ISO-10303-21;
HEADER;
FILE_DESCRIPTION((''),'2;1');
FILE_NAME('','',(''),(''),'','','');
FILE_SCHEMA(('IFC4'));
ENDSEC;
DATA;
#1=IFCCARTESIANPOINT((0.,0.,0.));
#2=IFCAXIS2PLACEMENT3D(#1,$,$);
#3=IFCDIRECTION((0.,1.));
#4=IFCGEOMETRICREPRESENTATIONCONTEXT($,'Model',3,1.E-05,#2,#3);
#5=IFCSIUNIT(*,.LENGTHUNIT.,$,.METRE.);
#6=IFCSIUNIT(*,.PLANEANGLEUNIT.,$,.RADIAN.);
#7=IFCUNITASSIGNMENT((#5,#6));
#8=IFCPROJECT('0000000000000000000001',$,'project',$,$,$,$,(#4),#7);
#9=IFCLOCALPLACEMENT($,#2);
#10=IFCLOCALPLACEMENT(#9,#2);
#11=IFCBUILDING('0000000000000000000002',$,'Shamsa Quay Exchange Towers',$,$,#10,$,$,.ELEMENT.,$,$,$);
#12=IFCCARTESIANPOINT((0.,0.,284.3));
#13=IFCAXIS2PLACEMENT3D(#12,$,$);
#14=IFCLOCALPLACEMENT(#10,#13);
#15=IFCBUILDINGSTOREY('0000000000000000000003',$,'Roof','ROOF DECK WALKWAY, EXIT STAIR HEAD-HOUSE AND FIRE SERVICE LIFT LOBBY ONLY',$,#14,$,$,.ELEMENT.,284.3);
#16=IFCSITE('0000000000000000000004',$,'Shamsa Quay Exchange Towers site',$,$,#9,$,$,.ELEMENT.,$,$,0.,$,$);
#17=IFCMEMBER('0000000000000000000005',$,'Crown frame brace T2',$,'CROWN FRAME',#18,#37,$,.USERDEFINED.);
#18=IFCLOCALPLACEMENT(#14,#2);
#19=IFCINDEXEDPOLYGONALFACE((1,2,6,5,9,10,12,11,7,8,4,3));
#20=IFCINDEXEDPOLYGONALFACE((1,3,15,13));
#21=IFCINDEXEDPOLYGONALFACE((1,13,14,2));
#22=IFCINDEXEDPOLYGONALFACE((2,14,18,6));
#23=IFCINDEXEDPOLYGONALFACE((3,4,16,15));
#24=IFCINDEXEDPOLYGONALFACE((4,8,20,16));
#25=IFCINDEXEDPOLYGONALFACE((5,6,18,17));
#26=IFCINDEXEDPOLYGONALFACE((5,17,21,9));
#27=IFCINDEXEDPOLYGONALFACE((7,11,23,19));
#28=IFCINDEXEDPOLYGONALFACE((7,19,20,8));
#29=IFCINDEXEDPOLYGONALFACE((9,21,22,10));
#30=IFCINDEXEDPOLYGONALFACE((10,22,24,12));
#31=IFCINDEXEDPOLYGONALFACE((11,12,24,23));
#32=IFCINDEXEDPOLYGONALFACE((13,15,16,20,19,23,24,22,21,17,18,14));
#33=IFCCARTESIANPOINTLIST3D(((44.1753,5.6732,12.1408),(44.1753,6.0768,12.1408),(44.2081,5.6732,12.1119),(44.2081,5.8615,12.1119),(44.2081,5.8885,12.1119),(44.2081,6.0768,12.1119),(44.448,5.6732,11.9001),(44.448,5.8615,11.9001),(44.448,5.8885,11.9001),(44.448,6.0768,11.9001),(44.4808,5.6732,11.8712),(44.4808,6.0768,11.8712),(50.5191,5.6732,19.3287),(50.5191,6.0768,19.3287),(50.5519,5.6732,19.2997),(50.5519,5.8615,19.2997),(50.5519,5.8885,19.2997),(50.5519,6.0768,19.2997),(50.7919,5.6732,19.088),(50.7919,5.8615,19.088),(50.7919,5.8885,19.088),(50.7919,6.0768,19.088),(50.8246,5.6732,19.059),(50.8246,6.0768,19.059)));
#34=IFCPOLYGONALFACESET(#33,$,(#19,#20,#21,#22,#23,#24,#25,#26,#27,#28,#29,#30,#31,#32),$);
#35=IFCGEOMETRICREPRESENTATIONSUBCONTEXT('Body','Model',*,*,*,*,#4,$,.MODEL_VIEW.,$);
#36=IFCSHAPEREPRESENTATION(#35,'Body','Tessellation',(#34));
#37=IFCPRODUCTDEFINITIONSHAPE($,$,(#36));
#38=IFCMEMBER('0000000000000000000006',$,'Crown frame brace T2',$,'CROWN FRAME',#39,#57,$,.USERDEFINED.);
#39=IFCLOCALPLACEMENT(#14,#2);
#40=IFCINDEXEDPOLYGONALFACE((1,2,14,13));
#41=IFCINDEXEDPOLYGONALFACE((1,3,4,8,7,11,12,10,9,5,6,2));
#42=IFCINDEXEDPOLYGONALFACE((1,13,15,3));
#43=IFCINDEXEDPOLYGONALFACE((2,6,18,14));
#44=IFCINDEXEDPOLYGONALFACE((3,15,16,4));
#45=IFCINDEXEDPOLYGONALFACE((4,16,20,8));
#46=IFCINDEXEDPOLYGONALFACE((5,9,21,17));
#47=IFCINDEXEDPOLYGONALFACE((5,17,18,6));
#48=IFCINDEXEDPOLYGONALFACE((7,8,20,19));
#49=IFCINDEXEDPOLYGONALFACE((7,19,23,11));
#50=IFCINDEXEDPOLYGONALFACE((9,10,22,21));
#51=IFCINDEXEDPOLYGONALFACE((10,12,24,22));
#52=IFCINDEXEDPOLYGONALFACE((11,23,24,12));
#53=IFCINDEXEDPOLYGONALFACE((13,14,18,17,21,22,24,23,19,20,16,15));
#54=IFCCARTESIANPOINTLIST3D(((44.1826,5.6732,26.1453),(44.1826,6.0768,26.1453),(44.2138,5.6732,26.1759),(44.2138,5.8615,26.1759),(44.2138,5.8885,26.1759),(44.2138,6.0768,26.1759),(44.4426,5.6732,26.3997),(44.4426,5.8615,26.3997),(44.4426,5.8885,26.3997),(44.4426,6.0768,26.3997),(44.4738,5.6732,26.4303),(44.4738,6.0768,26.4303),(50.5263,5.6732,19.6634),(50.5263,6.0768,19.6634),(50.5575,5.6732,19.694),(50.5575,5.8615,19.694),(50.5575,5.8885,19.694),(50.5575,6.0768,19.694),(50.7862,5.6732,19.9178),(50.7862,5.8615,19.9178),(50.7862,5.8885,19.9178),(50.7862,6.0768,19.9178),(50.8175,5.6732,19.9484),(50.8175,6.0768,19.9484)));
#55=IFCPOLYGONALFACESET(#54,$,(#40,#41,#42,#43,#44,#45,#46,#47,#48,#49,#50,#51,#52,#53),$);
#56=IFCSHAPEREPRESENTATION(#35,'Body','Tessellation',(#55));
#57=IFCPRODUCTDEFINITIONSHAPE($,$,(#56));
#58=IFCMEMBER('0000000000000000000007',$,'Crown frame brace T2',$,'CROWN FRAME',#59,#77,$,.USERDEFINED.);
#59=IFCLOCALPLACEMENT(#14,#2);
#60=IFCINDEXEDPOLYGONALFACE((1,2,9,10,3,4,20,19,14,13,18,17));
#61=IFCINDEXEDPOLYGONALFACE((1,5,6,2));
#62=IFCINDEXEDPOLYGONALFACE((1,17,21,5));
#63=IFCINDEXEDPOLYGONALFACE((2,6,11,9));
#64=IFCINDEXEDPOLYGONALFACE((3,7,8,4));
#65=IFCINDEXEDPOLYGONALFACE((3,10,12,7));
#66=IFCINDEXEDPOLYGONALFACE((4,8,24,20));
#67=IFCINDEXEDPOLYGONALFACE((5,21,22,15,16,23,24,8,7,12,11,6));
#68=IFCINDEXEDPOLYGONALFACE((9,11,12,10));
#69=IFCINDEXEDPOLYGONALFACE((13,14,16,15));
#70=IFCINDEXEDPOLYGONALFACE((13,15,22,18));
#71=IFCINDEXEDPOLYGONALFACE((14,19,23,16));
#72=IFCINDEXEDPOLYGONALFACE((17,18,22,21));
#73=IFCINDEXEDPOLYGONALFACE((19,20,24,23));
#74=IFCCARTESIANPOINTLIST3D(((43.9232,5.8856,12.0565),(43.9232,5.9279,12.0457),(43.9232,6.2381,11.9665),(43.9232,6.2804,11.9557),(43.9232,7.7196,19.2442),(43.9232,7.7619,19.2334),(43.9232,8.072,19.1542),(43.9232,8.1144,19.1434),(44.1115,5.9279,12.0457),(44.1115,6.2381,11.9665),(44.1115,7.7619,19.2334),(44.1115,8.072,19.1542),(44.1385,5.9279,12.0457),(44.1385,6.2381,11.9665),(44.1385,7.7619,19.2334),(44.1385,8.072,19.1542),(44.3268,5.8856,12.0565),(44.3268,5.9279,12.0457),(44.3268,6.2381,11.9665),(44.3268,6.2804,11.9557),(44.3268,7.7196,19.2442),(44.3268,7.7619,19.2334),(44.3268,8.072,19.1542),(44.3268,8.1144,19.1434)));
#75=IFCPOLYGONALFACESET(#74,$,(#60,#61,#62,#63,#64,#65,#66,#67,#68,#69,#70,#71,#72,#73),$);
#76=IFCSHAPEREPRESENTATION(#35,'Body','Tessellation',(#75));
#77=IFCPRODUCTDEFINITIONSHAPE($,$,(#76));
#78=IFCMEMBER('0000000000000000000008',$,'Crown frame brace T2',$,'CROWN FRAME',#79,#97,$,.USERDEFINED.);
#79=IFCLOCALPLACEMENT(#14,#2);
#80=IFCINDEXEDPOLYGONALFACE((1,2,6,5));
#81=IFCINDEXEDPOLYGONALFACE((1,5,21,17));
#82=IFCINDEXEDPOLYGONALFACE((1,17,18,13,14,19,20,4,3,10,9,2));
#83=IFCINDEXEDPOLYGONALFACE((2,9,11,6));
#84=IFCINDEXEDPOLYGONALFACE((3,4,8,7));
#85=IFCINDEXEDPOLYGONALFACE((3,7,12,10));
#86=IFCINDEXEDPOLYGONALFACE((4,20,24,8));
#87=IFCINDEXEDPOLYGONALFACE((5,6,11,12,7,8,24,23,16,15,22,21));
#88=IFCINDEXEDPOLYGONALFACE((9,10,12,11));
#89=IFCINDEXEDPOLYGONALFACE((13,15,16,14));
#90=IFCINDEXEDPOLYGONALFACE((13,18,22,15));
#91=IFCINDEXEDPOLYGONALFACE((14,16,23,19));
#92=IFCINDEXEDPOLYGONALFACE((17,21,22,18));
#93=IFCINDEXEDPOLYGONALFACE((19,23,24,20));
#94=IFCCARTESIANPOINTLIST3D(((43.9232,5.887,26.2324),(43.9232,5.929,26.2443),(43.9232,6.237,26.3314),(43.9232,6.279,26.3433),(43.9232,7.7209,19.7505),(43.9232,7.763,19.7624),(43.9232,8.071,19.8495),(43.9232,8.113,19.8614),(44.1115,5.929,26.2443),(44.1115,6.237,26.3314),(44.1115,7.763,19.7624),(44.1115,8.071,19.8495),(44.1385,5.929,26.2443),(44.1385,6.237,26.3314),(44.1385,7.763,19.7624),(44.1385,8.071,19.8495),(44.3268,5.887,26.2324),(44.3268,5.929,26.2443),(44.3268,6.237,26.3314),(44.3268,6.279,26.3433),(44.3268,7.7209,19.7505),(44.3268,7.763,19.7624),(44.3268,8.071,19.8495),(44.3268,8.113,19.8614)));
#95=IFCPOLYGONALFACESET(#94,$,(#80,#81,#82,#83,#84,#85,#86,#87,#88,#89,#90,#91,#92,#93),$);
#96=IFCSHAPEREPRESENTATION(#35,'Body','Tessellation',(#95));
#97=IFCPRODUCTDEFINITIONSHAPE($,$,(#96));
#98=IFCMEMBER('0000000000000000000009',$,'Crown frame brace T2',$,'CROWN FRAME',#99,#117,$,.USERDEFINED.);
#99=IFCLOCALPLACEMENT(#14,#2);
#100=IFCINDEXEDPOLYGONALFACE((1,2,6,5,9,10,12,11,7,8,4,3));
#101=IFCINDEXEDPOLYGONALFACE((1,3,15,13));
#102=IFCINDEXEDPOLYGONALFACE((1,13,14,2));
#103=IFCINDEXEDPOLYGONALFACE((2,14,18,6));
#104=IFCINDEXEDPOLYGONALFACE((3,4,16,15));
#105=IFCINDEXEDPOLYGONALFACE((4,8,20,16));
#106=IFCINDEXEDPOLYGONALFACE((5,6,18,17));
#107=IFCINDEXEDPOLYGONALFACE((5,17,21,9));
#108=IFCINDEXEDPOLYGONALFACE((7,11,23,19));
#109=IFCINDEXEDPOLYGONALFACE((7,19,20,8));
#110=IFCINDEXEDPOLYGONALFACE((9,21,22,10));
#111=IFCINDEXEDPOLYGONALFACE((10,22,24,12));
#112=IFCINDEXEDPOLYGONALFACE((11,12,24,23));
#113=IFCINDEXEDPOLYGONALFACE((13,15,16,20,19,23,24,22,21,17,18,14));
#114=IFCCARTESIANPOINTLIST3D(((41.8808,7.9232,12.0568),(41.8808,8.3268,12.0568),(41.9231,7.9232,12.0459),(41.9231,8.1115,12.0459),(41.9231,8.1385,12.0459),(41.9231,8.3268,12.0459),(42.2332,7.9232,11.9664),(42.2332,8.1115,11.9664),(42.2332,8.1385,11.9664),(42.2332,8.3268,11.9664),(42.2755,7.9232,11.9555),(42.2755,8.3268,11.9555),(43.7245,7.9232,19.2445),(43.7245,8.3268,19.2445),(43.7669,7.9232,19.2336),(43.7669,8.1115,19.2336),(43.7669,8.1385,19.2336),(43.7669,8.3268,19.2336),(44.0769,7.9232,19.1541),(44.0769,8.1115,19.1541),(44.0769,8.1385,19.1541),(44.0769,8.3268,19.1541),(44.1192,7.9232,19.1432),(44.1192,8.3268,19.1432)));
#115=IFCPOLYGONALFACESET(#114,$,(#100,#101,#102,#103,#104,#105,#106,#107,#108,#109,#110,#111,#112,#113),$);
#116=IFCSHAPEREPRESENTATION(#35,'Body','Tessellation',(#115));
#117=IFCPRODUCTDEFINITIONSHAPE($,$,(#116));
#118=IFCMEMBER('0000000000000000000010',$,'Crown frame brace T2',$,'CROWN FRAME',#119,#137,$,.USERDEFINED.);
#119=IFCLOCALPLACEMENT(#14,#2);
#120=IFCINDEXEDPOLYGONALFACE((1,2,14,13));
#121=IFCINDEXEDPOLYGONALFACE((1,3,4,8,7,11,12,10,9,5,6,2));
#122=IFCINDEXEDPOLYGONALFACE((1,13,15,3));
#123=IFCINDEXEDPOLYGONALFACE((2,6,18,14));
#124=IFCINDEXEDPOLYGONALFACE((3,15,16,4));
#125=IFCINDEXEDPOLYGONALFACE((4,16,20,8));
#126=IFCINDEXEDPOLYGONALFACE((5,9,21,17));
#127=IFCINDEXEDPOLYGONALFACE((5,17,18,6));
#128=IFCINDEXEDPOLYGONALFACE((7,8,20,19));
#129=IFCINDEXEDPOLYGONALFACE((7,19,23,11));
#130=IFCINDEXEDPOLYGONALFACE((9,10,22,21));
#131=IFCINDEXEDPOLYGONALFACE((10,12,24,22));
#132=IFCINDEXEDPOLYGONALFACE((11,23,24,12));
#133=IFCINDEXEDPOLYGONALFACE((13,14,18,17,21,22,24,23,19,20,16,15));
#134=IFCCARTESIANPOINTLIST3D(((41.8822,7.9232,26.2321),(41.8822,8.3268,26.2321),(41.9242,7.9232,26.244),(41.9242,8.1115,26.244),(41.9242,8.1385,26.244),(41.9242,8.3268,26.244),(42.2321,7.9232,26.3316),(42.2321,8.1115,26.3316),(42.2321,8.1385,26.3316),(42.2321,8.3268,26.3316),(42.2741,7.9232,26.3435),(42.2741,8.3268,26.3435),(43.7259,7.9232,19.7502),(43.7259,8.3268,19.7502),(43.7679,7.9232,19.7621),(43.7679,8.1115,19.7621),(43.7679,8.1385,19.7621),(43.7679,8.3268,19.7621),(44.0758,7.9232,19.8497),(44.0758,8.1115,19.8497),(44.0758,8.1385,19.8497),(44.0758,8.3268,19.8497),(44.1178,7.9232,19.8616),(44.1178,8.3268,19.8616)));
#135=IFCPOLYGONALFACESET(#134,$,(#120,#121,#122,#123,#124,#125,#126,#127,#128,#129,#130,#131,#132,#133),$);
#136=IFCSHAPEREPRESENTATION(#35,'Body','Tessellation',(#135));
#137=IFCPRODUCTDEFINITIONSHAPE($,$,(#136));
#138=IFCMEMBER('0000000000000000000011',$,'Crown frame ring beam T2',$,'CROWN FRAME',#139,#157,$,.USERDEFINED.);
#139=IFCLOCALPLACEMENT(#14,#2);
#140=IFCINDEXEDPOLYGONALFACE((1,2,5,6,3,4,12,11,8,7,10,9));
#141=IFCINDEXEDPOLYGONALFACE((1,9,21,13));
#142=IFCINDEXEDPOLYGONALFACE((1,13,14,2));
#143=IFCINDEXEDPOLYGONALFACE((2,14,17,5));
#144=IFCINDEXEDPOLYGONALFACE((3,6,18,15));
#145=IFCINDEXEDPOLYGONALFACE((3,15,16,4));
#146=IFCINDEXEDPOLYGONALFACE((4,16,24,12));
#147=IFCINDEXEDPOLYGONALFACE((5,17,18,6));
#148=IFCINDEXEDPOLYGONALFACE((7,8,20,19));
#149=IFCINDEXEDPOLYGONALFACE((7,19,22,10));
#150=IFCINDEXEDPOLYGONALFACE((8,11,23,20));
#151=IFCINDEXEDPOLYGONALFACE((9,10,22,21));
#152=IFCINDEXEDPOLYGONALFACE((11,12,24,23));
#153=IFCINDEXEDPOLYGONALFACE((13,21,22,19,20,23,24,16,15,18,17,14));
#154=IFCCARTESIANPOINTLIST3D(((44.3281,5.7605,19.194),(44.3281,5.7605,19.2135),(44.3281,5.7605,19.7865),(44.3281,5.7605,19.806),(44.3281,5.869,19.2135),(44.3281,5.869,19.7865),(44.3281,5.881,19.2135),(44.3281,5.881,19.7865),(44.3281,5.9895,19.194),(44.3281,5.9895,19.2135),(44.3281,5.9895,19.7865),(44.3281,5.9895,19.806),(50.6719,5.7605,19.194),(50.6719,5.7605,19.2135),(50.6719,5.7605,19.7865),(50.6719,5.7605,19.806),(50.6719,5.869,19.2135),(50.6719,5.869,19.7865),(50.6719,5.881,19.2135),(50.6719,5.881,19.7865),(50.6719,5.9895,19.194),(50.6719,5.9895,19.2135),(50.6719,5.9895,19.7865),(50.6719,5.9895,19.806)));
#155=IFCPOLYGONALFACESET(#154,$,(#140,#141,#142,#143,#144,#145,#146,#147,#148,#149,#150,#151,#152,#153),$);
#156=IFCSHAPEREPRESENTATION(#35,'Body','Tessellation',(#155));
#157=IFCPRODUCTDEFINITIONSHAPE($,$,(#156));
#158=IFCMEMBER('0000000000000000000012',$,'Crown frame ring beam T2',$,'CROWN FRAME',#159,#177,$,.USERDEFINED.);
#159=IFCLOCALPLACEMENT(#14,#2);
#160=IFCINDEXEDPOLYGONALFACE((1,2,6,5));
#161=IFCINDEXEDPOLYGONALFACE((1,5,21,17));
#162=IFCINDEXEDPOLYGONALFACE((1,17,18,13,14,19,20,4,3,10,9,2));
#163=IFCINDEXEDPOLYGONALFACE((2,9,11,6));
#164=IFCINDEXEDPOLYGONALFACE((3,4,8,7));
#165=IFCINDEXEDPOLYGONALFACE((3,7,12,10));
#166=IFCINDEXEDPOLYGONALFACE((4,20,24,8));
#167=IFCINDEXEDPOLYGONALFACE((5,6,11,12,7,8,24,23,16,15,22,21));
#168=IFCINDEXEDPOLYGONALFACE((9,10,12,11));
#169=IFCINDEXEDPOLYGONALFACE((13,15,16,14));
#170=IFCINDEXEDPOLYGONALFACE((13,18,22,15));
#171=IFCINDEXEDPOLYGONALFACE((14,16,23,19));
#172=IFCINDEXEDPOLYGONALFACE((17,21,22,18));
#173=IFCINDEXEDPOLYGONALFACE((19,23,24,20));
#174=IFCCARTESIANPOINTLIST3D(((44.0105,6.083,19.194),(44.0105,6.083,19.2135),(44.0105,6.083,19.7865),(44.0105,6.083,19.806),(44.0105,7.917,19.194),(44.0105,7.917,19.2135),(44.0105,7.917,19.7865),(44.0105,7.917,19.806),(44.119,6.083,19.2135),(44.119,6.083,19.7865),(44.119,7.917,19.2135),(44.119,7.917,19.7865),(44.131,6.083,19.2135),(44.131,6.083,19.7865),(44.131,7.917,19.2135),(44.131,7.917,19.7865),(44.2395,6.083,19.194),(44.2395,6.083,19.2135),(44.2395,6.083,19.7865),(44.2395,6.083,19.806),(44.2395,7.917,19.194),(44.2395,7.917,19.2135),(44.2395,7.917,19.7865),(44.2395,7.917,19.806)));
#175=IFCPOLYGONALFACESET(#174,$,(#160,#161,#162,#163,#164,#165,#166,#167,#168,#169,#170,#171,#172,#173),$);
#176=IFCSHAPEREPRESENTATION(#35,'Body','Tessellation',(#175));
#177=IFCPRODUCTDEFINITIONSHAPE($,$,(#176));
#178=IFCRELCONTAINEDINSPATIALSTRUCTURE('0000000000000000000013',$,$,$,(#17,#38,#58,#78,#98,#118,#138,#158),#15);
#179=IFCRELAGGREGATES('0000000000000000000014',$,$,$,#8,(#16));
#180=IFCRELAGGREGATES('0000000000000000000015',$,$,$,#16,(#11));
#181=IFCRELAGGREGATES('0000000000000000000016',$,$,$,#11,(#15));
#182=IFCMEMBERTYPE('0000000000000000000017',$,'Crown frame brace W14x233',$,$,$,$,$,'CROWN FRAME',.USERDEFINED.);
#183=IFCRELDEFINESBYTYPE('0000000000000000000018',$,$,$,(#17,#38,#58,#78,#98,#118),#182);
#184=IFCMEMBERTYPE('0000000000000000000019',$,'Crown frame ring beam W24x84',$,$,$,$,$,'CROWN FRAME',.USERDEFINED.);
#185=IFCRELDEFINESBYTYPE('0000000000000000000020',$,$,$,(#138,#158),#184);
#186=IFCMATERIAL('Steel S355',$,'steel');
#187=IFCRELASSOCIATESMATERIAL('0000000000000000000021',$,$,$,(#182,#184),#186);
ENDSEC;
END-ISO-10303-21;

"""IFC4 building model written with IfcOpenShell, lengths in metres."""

from ifc_helpers import new_model, si_unit, direction, frame, origin, origin_2d, place, context, subcontext, project, spatial, i_section, extrude, material, material_profile, profile_set, type_object, element, save


model = new_model("IFC4")

# Units and contexts
model_context = context("Model", 3, precision=1e-05, world=origin(), true_north=direction((0.0, 1.0)))
body_context = subcontext(model_context, "Body", "Model", "MODEL_VIEW")
ifc_project = project(units=[si_unit("LENGTHUNIT", "METRE"), si_unit("PLANEANGLEUNIT", "RADIAN")], contexts=[model_context])

# Site, building, storey
site_placement = place(None, origin())
site = spatial("IfcSite", under=ifc_project, at=site_placement, Name="Shamsa Quay Exchange Towers site", CompositionType="ELEMENT", RefElevation=0.0)
building_placement = place(site_placement, origin())
building = spatial("IfcBuilding", under=site, at=building_placement, Name="Shamsa Quay Exchange Towers", CompositionType="ELEMENT")
storey_placement = place(building_placement, frame((0.0, 0.0, 284.3)))
storey = spatial("IfcBuildingStorey", under=building, at=storey_placement, Name="Roof", Description="ROOF DECK WALKWAY, EXIT STAIR HEAD-HOUSE AND FIRE SERVICE LIFT LOBBY ONLY", CompositionType="ELEMENT", Elevation=284.3)

# Members
ifc_material_1 = material(Name="Steel S355", Category="steel")
ifc_material_profile_1 = material_profile(ifc_material_1, i_section(OverallWidth=0.4036, OverallDepth=0.4075, WebThickness=0.0271, FlangeThickness=0.0437, at=origin_2d()), Name="W14x233")
ifc_profile_set_1 = profile_set([ifc_material_profile_1], Name="Steel S355")
member_type_1 = type_object("IfcMemberType", Name="Crown frame brace W14x233", ElementType="CROWN FRAME", PredefinedType="USERDEFINED", material=ifc_profile_set_1)
member_1_placement = place(storey_placement, frame((50.6719, 5.875, 19.1938), z_axis=(-0.661717, 0.0, -0.749754), x_axis=(0.0, -1.0, 0.0)))
element("IfcMember", 1, at=member_1_placement, inside=storey, type_object=member_type_1, Name="Crown frame brace T2", ObjectType="CROWN FRAME", PredefinedType="USERDEFINED", context=body_context, shape_type="SweptSolid", body=[
    extrude(i_section(OverallWidth=0.4036, OverallDepth=0.4075, WebThickness=0.0271, FlangeThickness=0.0437, at=origin_2d()), origin(), (0.0, 0.0, 1.0), 9.5869),
])
member_2_placement = place(storey_placement, frame((50.6719, 5.875, 19.8059), z_axis=(-0.699448, 0.0, 0.714684), x_axis=(0.0, -1.0, 0.0)))
element("IfcMember", 2, at=member_2_placement, inside=storey, type_object=member_type_1, Name="Crown frame brace T2", ObjectType="CROWN FRAME", PredefinedType="USERDEFINED", context=body_context, shape_type="SweptSolid", body=[
    extrude(i_section(OverallWidth=0.4036, OverallDepth=0.4075, WebThickness=0.0271, FlangeThickness=0.0437, at=origin_2d()), origin(), (0.0, 0.0, 1.0), 9.0696),
])
member_3_placement = place(storey_placement, frame((44.125, 6.083, 12.0061), z_axis=(0.0, 0.247233, 0.968956), x_axis=(-1.0, 0.0, 0.0)))
element("IfcMember", 3, at=member_3_placement, inside=storey, type_object=member_type_1, Name="Crown frame brace T2", ObjectType="CROWN FRAME", PredefinedType="USERDEFINED", context=body_context, shape_type="SweptSolid", body=[
    extrude(i_section(OverallWidth=0.4036, OverallDepth=0.4075, WebThickness=0.0271, FlangeThickness=0.0437, at=origin_2d()), origin(), (0.0, 0.0, 1.0), 7.418),
])
member_4_placement = place(storey_placement, frame((44.125, 6.083, 26.2878), z_axis=(0.0, 0.27225, -0.962226), x_axis=(-1.0, 0.0, 0.0)))
element("IfcMember", 4, at=member_4_placement, inside=storey, type_object=member_type_1, Name="Crown frame brace T2", ObjectType="CROWN FRAME", PredefinedType="USERDEFINED", context=body_context, shape_type="SweptSolid", body=[
    extrude(i_section(OverallWidth=0.4036, OverallDepth=0.4075, WebThickness=0.0271, FlangeThickness=0.0437, at=origin_2d()), origin(), (0.0, 0.0, 1.0), 6.7363),
])
member_5_placement = place(storey_placement, frame((43.9219, 8.125, 19.1938), z_axis=(-0.248469, 0.0, -0.96864), x_axis=(0.0, -1.0, 0.0)))
element("IfcMember", 5, at=member_5_placement, inside=storey, type_object=member_type_1, Name="Crown frame brace T2", ObjectType="CROWN FRAME", PredefinedType="USERDEFINED", context=body_context, shape_type="SweptSolid", body=[
    extrude(i_section(OverallWidth=0.4036, OverallDepth=0.4075, WebThickness=0.0271, FlangeThickness=0.0437, at=origin_2d()), origin(), (0.0, 0.0, 1.0), 7.4204),
])
member_6_placement = place(storey_placement, frame((43.9219, 8.125, 19.8059), z_axis=(-0.273592, 0.0, 0.961846), x_axis=(0.0, -1.0, 0.0)))
element("IfcMember", 6, at=member_6_placement, inside=storey, type_object=member_type_1, Name="Crown frame brace T2", ObjectType="CROWN FRAME", PredefinedType="USERDEFINED", context=body_context, shape_type="SweptSolid", body=[
    extrude(i_section(OverallWidth=0.4036, OverallDepth=0.4075, WebThickness=0.0271, FlangeThickness=0.0437, at=origin_2d()), origin(), (0.0, 0.0, 1.0), 6.739),
])
ifc_material_profile_2 = material_profile(ifc_material_1, i_section(OverallWidth=0.229, OverallDepth=0.6121, WebThickness=0.012, FlangeThickness=0.0195, at=origin_2d()), Name="W24x84")
ifc_profile_set_2 = profile_set([ifc_material_profile_2], Name="Steel S355")
member_type_2 = type_object("IfcMemberType", Name="Crown frame ring beam W24x84", ElementType="CROWN FRAME", PredefinedType="USERDEFINED", material=ifc_profile_set_2)
member_7_placement = place(storey_placement, frame((50.6719, 5.875, 19.5), z_axis=(-1.0, 0.0, 0.0), x_axis=(0.0, -1.0, 0.0)))
element("IfcMember", 7, at=member_7_placement, inside=storey, type_object=member_type_2, Name="Crown frame ring beam T2", ObjectType="CROWN FRAME", PredefinedType="USERDEFINED", context=body_context, shape_type="SweptSolid", body=[
    extrude(i_section(OverallWidth=0.229, OverallDepth=0.6121, WebThickness=0.012, FlangeThickness=0.0195, at=origin_2d()), origin(), (0.0, 0.0, 1.0), 6.3438),
])
for number, where, z_axis, x_axis, name in (
    (8, (44.125, 6.083, 19.5), (0.0, 1.0, 0.0), (-1.0, 0.0, 0.0), "Crown frame ring beam T2"),
):
    element("IfcMember", number, at=place(storey_placement, frame(where, z_axis=z_axis, x_axis=x_axis)), inside=storey, type_object=member_type_2, Name=name, ObjectType="CROWN FRAME", PredefinedType="USERDEFINED", context=body_context, shape_type="SweptSolid", body=[
        extrude(i_section(OverallWidth=0.229, OverallDepth=0.6121, WebThickness=0.012, FlangeThickness=0.0195, at=origin_2d()), origin(), (0.0, 0.0, 1.0), 1.834),
    ])

save(model, "model.ifc")
